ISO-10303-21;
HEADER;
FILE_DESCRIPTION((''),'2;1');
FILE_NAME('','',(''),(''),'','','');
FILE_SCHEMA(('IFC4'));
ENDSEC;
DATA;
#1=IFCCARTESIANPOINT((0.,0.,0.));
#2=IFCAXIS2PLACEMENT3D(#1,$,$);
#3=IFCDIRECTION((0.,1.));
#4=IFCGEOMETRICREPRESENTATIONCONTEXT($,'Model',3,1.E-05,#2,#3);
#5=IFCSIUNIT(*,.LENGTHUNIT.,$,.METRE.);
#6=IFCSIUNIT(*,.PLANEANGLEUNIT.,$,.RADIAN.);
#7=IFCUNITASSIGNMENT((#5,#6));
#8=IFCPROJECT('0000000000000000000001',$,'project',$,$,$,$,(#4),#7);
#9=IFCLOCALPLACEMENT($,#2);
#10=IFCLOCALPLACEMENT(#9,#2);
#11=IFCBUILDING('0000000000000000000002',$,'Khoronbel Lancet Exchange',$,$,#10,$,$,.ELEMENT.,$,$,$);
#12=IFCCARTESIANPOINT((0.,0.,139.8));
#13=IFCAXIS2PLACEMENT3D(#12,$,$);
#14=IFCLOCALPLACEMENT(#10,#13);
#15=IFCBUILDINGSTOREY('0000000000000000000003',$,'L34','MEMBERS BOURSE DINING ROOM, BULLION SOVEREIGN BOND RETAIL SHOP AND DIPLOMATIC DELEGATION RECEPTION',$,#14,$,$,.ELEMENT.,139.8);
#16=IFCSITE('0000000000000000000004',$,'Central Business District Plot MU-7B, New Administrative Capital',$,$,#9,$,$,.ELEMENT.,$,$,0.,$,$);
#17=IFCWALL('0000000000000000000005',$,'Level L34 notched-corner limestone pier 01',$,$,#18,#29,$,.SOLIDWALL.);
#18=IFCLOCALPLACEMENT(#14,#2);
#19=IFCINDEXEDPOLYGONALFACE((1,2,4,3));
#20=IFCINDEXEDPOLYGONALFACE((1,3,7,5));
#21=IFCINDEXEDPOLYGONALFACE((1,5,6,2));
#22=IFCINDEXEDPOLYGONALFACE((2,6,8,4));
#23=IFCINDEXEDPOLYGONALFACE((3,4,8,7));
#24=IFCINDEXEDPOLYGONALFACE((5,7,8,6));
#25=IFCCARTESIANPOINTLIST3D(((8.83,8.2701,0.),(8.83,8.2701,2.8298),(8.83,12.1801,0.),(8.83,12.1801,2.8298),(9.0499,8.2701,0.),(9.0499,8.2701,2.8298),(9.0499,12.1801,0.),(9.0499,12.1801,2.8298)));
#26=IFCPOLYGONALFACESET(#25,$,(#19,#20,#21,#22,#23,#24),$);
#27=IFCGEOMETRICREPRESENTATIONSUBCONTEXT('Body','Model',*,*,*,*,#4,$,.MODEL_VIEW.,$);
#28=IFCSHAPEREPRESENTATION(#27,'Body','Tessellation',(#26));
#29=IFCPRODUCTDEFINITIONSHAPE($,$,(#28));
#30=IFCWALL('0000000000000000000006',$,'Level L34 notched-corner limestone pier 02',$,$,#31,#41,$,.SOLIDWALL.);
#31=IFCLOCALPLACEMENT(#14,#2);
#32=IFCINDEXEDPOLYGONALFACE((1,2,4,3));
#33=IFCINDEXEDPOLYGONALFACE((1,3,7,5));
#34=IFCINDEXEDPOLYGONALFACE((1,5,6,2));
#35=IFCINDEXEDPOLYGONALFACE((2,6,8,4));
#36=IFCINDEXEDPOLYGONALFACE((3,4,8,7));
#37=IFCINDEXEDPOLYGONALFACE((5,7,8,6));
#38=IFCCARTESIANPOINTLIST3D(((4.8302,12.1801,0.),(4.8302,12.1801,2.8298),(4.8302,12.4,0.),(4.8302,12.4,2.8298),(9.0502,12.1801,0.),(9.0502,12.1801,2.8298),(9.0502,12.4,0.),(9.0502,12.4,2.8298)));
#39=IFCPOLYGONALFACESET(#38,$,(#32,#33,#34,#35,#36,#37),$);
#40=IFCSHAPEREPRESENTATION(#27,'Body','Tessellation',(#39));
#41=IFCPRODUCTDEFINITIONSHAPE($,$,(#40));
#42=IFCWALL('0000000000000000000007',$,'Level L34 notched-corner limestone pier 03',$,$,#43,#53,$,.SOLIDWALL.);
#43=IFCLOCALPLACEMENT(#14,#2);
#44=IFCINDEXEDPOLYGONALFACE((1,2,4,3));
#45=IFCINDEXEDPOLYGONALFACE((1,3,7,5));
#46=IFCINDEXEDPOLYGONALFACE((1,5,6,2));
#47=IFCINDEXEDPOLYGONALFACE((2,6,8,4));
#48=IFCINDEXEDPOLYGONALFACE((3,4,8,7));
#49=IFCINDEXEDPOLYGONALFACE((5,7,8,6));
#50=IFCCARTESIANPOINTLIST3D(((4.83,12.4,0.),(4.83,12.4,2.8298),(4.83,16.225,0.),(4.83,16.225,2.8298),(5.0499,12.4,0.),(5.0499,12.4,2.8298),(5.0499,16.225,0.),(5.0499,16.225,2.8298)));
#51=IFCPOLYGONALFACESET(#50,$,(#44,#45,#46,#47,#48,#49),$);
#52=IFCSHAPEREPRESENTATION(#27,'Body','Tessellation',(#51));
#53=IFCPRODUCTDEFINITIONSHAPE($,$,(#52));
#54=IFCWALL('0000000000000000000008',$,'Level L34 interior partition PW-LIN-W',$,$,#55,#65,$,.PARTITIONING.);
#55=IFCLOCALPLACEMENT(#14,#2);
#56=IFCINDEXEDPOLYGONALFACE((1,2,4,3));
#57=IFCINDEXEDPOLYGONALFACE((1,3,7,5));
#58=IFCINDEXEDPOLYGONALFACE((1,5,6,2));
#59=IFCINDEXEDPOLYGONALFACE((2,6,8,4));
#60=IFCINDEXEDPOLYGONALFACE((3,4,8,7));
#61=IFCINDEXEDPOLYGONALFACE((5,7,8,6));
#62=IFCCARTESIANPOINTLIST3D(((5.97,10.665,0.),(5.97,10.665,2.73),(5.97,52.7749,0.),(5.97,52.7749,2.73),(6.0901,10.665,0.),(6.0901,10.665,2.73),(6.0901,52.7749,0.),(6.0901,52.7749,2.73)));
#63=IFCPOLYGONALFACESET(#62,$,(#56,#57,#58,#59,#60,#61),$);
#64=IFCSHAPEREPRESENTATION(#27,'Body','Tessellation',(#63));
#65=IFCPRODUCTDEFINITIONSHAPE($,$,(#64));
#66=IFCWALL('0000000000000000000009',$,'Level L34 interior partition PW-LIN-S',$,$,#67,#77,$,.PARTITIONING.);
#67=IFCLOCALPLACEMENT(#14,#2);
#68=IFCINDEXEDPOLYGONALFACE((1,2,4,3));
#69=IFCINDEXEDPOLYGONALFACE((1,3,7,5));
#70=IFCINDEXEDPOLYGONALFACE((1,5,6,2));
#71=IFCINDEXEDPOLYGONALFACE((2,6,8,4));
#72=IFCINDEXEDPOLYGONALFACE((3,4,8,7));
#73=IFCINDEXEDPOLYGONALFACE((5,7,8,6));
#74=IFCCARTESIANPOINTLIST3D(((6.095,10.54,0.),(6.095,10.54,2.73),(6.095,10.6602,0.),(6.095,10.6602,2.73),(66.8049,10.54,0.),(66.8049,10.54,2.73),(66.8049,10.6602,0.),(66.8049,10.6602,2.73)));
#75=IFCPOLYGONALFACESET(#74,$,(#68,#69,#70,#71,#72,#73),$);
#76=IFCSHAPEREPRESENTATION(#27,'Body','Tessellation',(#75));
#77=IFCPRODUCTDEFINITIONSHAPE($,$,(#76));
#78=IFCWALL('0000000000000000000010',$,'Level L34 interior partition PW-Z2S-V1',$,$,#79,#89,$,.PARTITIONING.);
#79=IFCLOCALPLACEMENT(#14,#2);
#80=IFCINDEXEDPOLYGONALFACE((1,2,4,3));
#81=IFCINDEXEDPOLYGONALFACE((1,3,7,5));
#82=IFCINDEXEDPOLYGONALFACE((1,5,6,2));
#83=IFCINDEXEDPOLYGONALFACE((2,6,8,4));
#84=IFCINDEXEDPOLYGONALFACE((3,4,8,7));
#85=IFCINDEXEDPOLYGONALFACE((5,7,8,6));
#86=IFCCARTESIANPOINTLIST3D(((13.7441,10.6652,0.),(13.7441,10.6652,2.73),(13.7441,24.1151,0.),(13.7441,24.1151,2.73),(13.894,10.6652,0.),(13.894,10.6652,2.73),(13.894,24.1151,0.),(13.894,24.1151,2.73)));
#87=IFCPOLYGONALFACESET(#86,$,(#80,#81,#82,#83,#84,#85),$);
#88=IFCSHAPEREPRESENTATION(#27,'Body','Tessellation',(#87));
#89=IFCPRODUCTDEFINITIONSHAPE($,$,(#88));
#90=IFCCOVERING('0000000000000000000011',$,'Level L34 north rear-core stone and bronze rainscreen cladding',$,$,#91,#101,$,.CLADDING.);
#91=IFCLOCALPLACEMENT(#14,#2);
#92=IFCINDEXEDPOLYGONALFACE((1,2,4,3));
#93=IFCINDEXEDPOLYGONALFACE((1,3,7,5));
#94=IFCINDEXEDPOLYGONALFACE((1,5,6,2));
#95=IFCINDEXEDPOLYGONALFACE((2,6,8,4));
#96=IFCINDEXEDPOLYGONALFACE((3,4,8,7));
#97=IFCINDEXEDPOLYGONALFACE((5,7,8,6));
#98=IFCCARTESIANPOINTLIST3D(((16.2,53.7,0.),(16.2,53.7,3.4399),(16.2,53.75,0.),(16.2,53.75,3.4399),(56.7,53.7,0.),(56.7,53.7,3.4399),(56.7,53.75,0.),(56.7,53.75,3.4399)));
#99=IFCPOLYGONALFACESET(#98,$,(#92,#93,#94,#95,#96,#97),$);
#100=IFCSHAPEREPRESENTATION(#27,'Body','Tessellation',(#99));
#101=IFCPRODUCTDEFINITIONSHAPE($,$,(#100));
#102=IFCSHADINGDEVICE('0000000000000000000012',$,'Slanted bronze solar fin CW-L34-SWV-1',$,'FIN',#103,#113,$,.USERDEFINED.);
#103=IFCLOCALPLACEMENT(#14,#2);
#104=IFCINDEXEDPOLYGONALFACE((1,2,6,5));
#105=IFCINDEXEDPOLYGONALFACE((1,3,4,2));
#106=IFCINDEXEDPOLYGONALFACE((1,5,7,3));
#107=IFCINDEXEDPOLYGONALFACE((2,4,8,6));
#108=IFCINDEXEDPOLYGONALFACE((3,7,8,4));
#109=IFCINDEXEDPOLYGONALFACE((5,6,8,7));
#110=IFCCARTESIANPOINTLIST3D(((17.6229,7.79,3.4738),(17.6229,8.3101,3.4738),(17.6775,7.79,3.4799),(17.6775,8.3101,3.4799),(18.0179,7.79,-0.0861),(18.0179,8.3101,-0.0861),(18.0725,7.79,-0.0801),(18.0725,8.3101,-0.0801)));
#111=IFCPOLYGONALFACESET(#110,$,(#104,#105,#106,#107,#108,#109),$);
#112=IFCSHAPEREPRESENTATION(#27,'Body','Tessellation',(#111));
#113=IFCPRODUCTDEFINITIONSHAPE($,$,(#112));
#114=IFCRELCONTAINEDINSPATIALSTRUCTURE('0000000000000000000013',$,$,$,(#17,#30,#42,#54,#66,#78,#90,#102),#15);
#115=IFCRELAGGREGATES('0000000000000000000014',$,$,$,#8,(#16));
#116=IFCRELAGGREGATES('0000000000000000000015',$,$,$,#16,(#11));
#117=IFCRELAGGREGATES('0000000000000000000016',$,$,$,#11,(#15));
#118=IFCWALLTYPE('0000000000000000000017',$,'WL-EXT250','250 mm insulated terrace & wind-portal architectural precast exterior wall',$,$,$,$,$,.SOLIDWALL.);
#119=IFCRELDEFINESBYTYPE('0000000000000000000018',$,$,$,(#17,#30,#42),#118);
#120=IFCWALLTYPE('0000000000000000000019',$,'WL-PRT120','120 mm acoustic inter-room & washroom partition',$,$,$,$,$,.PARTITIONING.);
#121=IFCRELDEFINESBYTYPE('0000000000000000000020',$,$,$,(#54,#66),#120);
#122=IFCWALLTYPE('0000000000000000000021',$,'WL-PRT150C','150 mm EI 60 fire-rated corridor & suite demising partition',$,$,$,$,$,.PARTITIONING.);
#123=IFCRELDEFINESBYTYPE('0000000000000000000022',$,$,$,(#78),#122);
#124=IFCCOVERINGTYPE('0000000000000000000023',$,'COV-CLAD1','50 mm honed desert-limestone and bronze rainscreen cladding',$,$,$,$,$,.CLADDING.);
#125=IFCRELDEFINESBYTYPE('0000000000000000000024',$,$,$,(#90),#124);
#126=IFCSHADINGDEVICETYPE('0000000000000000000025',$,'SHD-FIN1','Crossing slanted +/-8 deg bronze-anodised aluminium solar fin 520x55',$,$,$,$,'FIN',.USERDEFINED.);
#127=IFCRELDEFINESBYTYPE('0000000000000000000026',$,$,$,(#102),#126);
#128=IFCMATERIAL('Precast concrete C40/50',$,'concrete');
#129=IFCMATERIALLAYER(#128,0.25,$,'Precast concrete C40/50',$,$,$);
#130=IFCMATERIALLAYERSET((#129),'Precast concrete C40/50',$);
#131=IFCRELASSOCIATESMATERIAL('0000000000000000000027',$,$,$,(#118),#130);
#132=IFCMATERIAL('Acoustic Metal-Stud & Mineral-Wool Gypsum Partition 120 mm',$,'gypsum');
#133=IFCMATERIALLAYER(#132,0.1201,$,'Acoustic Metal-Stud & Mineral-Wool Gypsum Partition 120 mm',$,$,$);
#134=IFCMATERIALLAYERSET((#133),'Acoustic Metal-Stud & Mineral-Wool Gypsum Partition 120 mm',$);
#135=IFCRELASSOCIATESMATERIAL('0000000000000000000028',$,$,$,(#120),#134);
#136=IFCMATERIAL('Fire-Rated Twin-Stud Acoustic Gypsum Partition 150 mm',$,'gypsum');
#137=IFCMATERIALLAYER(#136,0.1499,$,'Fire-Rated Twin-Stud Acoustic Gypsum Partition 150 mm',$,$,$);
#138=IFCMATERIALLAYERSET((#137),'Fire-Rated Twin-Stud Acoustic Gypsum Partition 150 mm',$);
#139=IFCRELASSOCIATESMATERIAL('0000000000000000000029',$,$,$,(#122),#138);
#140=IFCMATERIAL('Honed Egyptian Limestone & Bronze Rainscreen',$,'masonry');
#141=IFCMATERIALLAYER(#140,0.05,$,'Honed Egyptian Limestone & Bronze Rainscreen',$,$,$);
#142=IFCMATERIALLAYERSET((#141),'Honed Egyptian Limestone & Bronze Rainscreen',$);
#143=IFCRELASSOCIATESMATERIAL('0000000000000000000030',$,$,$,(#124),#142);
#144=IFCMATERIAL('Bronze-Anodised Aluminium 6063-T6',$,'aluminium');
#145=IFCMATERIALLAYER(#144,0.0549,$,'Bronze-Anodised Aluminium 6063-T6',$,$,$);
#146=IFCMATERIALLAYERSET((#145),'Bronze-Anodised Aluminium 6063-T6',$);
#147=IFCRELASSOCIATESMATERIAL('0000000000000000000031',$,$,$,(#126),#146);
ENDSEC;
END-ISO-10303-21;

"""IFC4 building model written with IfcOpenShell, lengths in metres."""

from ifc_helpers import new_model, si_unit, direction, frame, frame_2d, origin, place, context, subcontext, project, spatial, polyline, rectangle, outline, extrude, material, layer, layer_set, type_object, element, save


model = new_model("IFC4")

# Units and contexts
model_context = context("Model", 3, precision=1e-05, world=origin(), true_north=direction((0.0, 1.0)))
body_context = subcontext(model_context, "Body", "Model", "MODEL_VIEW")
ifc_project = project(units=[si_unit("LENGTHUNIT", "METRE"), si_unit("PLANEANGLEUNIT", "RADIAN")], contexts=[model_context])

# Site, building, storey
site_placement = place(None, origin())
site = spatial("IfcSite", under=ifc_project, at=site_placement, Name="Central Business District Plot MU-7B, New Administrative Capital", CompositionType="ELEMENT", RefElevation=0.0)
building_placement = place(site_placement, origin())
building = spatial("IfcBuilding", under=site, at=building_placement, Name="Khoronbel Lancet Exchange", CompositionType="ELEMENT")
storey_placement = place(building_placement, frame((0.0, 0.0, 139.8)))
storey = spatial("IfcBuildingStorey", under=building, at=storey_placement, Name="L34", Description="MEMBERS BOURSE DINING ROOM, BULLION SOVEREIGN BOND RETAIL SHOP AND DIPLOMATIC DELEGATION RECEPTION", CompositionType="ELEMENT", Elevation=139.8)

# Shared definitions
ifc_material_1 = material(Name="Bronze-Anodised Aluminium 6063-T6", Category="aluminium")

# Walls
ifc_material_2 = material(Name="Precast concrete C40/50", Category="concrete")
ifc_layer_1 = layer(ifc_material_2, 0.25, Name="Precast concrete C40/50")
ifc_layer_set_1 = layer_set([ifc_layer_1], Name="Precast concrete C40/50")
wall_type_1 = type_object("IfcWallType", Name="WL-EXT250", Description="250 mm insulated terrace & wind-portal architectural precast exterior wall", PredefinedType="SOLIDWALL", material=ifc_layer_set_1)
wall_1_placement = place(storey_placement, frame((8.9399, 8.27, 0.0), z_axis=(0.0, 0.0, 1.0), x_axis=(0.0, 1.0, 0.0)))
element("IfcWall", 1, at=wall_1_placement, inside=storey, type_object=wall_type_1, Name="Level L34 notched-corner limestone pier 01", PredefinedType="SOLIDWALL", context=body_context, shape_type="SweptSolid", body=[
    extrude(rectangle(XDim=3.9099, YDim=0.22, at=frame_2d((1.9551, 0.0))), origin(), (0.0, 0.0, 1.0), 2.8298),
])
wall_2_placement = place(storey_placement, frame((9.05, 12.29, 0.0), z_axis=(0.0, 0.0, 1.0), x_axis=(-1.0, 0.0, 0.0)))
element("IfcWall", 2, at=wall_2_placement, inside=storey, type_object=wall_type_1, Name="Level L34 notched-corner limestone pier 02", PredefinedType="SOLIDWALL", context=body_context, shape_type="SweptSolid", body=[
    extrude(rectangle(XDim=4.22, YDim=0.22, at=frame_2d((2.1099, 0.0))), origin(), (0.0, 0.0, 1.0), 2.8298),
])
wall_3_placement = place(storey_placement, frame((4.9399, 12.3999, 0.0), z_axis=(0.0, 0.0, 1.0), x_axis=(0.0, 1.0, 0.0)))
element("IfcWall", 3, at=wall_3_placement, inside=storey, type_object=wall_type_1, Name="Level L34 notched-corner limestone pier 03", PredefinedType="SOLIDWALL", context=body_context, shape_type="SweptSolid", body=[
    extrude(rectangle(XDim=3.825, YDim=0.22, at=frame_2d((1.9126, 0.0))), origin(), (0.0, 0.0, 1.0), 2.8298),
])
ifc_material_3 = material(Name="Acoustic Metal-Stud & Mineral-Wool Gypsum Partition 120 mm", Category="gypsum")
ifc_layer_2 = layer(ifc_material_3, 0.1201, Name="Acoustic Metal-Stud & Mineral-Wool Gypsum Partition 120 mm")
ifc_layer_set_2 = layer_set([ifc_layer_2], Name="Acoustic Metal-Stud & Mineral-Wool Gypsum Partition 120 mm")
wall_type_2 = type_object("IfcWallType", Name="WL-PRT120", Description="120 mm acoustic inter-room & washroom partition", PredefinedType="PARTITIONING", material=ifc_layer_set_2)
wall_4_placement = place(storey_placement, frame((6.03, 10.665, 0.0), z_axis=(0.0, 0.0, 1.0), x_axis=(0.0, 1.0, 0.0)))
element("IfcWall", 4, at=wall_4_placement, inside=storey, type_object=wall_type_2, Name="Level L34 interior partition PW-LIN-W", PredefinedType="PARTITIONING", context=body_context, shape_type="SweptSolid", body=[
    extrude(rectangle(XDim=42.1099, YDim=0.1201, at=frame_2d((21.0549, 0.0))), origin(), (0.0, 0.0, 1.0), 2.73),
])
wall_5_placement = place(storey_placement, frame((6.095, 10.6001, 0.0), z_axis=(0.0, 0.0, 1.0), x_axis=(1.0, 0.0, 0.0)))
element("IfcWall", 5, at=wall_5_placement, inside=storey, type_object=wall_type_2, Name="Level L34 interior partition PW-LIN-S", PredefinedType="PARTITIONING", context=body_context, shape_type="SweptSolid", body=[
    extrude(rectangle(XDim=60.71, YDim=0.1201, at=frame_2d((30.355, 0.0))), origin(), (0.0, 0.0, 1.0), 2.73),
])
ifc_material_4 = material(Name="Fire-Rated Twin-Stud Acoustic Gypsum Partition 150 mm", Category="gypsum")
ifc_layer_3 = layer(ifc_material_4, 0.1499, Name="Fire-Rated Twin-Stud Acoustic Gypsum Partition 150 mm")
ifc_layer_set_3 = layer_set([ifc_layer_3], Name="Fire-Rated Twin-Stud Acoustic Gypsum Partition 150 mm")
wall_type_3 = type_object("IfcWallType", Name="WL-PRT150C", Description="150 mm EI 60 fire-rated corridor & suite demising partition", PredefinedType="PARTITIONING", material=ifc_layer_set_3)
wall_6_placement = place(storey_placement, frame((13.8191, 10.665, 0.0), z_axis=(0.0, 0.0, 1.0), x_axis=(0.0, 1.0, 0.0)))
element("IfcWall", 6, at=wall_6_placement, inside=storey, type_object=wall_type_3, Name="Level L34 interior partition PW-Z2S-V1", PredefinedType="PARTITIONING", context=body_context, shape_type="SweptSolid", body=[
    extrude(rectangle(XDim=13.45, YDim=0.1499, at=frame_2d((6.7251, 0.0))), origin(), (0.0, 0.0, 1.0), 2.73),
])

# Covering
ifc_material_5 = material(Name="Honed Egyptian Limestone & Bronze Rainscreen", Category="masonry")
ifc_layer_4 = layer(ifc_material_5, 0.05, Name="Honed Egyptian Limestone & Bronze Rainscreen")
ifc_layer_set_4 = layer_set([ifc_layer_4], Name="Honed Egyptian Limestone & Bronze Rainscreen")
covering_type = type_object("IfcCoveringType", Name="COV-CLAD1", Description="50 mm honed desert-limestone and bronze rainscreen cladding", PredefinedType="CLADDING", material=ifc_layer_set_4)
covering_placement = place(storey_placement, origin())
element("IfcCovering", 7, at=covering_placement, inside=storey, type_object=covering_type, Name="Level L34 north rear-core stone and bronze rainscreen cladding", PredefinedType="CLADDING", context=body_context, shape_type="SweptSolid", body=[
    extrude(outline(polyline([(16.2, 53.7), (56.7, 53.7), (56.7, 53.75), (16.2, 53.75), (16.2, 53.7)])), origin(), (0.0, 0.0, 1.0), 3.4399),
])

# Shading device
ifc_layer_5 = layer(ifc_material_1, 0.0549, Name="Bronze-Anodised Aluminium 6063-T6")
ifc_layer_set_5 = layer_set([ifc_layer_5], Name="Bronze-Anodised Aluminium 6063-T6")
shading_device_type = type_object("IfcShadingDeviceType", Name="SHD-FIN1", Description="Crossing slanted +/-8 deg bronze-anodised aluminium solar fin 520x55", ElementType="FIN", PredefinedType="USERDEFINED", material=ifc_layer_set_5)
shading_device_placement = place(storey_placement, frame((18.0725, 8.3101, -0.0801), z_axis=(0.9939, 0.0, 0.110282), x_axis=(0.0, -1.0, 0.0)))
element("IfcShadingDevice", 8, at=shading_device_placement, inside=storey, type_object=shading_device_type, Name="Slanted bronze solar fin CW-L34-SWV-1", ObjectType="FIN", PredefinedType="USERDEFINED", context=body_context, shape_type="SweptSolid", body=[
    extrude(outline(polyline([(0.0, 0.0), (0.52, 0.0), (0.52, -3.5818), (0.0, -3.5818), (0.0, 0.0)])), origin(), (0.0, 0.0, -1.0), 0.0549),
])

save(model, "model.ifc")
